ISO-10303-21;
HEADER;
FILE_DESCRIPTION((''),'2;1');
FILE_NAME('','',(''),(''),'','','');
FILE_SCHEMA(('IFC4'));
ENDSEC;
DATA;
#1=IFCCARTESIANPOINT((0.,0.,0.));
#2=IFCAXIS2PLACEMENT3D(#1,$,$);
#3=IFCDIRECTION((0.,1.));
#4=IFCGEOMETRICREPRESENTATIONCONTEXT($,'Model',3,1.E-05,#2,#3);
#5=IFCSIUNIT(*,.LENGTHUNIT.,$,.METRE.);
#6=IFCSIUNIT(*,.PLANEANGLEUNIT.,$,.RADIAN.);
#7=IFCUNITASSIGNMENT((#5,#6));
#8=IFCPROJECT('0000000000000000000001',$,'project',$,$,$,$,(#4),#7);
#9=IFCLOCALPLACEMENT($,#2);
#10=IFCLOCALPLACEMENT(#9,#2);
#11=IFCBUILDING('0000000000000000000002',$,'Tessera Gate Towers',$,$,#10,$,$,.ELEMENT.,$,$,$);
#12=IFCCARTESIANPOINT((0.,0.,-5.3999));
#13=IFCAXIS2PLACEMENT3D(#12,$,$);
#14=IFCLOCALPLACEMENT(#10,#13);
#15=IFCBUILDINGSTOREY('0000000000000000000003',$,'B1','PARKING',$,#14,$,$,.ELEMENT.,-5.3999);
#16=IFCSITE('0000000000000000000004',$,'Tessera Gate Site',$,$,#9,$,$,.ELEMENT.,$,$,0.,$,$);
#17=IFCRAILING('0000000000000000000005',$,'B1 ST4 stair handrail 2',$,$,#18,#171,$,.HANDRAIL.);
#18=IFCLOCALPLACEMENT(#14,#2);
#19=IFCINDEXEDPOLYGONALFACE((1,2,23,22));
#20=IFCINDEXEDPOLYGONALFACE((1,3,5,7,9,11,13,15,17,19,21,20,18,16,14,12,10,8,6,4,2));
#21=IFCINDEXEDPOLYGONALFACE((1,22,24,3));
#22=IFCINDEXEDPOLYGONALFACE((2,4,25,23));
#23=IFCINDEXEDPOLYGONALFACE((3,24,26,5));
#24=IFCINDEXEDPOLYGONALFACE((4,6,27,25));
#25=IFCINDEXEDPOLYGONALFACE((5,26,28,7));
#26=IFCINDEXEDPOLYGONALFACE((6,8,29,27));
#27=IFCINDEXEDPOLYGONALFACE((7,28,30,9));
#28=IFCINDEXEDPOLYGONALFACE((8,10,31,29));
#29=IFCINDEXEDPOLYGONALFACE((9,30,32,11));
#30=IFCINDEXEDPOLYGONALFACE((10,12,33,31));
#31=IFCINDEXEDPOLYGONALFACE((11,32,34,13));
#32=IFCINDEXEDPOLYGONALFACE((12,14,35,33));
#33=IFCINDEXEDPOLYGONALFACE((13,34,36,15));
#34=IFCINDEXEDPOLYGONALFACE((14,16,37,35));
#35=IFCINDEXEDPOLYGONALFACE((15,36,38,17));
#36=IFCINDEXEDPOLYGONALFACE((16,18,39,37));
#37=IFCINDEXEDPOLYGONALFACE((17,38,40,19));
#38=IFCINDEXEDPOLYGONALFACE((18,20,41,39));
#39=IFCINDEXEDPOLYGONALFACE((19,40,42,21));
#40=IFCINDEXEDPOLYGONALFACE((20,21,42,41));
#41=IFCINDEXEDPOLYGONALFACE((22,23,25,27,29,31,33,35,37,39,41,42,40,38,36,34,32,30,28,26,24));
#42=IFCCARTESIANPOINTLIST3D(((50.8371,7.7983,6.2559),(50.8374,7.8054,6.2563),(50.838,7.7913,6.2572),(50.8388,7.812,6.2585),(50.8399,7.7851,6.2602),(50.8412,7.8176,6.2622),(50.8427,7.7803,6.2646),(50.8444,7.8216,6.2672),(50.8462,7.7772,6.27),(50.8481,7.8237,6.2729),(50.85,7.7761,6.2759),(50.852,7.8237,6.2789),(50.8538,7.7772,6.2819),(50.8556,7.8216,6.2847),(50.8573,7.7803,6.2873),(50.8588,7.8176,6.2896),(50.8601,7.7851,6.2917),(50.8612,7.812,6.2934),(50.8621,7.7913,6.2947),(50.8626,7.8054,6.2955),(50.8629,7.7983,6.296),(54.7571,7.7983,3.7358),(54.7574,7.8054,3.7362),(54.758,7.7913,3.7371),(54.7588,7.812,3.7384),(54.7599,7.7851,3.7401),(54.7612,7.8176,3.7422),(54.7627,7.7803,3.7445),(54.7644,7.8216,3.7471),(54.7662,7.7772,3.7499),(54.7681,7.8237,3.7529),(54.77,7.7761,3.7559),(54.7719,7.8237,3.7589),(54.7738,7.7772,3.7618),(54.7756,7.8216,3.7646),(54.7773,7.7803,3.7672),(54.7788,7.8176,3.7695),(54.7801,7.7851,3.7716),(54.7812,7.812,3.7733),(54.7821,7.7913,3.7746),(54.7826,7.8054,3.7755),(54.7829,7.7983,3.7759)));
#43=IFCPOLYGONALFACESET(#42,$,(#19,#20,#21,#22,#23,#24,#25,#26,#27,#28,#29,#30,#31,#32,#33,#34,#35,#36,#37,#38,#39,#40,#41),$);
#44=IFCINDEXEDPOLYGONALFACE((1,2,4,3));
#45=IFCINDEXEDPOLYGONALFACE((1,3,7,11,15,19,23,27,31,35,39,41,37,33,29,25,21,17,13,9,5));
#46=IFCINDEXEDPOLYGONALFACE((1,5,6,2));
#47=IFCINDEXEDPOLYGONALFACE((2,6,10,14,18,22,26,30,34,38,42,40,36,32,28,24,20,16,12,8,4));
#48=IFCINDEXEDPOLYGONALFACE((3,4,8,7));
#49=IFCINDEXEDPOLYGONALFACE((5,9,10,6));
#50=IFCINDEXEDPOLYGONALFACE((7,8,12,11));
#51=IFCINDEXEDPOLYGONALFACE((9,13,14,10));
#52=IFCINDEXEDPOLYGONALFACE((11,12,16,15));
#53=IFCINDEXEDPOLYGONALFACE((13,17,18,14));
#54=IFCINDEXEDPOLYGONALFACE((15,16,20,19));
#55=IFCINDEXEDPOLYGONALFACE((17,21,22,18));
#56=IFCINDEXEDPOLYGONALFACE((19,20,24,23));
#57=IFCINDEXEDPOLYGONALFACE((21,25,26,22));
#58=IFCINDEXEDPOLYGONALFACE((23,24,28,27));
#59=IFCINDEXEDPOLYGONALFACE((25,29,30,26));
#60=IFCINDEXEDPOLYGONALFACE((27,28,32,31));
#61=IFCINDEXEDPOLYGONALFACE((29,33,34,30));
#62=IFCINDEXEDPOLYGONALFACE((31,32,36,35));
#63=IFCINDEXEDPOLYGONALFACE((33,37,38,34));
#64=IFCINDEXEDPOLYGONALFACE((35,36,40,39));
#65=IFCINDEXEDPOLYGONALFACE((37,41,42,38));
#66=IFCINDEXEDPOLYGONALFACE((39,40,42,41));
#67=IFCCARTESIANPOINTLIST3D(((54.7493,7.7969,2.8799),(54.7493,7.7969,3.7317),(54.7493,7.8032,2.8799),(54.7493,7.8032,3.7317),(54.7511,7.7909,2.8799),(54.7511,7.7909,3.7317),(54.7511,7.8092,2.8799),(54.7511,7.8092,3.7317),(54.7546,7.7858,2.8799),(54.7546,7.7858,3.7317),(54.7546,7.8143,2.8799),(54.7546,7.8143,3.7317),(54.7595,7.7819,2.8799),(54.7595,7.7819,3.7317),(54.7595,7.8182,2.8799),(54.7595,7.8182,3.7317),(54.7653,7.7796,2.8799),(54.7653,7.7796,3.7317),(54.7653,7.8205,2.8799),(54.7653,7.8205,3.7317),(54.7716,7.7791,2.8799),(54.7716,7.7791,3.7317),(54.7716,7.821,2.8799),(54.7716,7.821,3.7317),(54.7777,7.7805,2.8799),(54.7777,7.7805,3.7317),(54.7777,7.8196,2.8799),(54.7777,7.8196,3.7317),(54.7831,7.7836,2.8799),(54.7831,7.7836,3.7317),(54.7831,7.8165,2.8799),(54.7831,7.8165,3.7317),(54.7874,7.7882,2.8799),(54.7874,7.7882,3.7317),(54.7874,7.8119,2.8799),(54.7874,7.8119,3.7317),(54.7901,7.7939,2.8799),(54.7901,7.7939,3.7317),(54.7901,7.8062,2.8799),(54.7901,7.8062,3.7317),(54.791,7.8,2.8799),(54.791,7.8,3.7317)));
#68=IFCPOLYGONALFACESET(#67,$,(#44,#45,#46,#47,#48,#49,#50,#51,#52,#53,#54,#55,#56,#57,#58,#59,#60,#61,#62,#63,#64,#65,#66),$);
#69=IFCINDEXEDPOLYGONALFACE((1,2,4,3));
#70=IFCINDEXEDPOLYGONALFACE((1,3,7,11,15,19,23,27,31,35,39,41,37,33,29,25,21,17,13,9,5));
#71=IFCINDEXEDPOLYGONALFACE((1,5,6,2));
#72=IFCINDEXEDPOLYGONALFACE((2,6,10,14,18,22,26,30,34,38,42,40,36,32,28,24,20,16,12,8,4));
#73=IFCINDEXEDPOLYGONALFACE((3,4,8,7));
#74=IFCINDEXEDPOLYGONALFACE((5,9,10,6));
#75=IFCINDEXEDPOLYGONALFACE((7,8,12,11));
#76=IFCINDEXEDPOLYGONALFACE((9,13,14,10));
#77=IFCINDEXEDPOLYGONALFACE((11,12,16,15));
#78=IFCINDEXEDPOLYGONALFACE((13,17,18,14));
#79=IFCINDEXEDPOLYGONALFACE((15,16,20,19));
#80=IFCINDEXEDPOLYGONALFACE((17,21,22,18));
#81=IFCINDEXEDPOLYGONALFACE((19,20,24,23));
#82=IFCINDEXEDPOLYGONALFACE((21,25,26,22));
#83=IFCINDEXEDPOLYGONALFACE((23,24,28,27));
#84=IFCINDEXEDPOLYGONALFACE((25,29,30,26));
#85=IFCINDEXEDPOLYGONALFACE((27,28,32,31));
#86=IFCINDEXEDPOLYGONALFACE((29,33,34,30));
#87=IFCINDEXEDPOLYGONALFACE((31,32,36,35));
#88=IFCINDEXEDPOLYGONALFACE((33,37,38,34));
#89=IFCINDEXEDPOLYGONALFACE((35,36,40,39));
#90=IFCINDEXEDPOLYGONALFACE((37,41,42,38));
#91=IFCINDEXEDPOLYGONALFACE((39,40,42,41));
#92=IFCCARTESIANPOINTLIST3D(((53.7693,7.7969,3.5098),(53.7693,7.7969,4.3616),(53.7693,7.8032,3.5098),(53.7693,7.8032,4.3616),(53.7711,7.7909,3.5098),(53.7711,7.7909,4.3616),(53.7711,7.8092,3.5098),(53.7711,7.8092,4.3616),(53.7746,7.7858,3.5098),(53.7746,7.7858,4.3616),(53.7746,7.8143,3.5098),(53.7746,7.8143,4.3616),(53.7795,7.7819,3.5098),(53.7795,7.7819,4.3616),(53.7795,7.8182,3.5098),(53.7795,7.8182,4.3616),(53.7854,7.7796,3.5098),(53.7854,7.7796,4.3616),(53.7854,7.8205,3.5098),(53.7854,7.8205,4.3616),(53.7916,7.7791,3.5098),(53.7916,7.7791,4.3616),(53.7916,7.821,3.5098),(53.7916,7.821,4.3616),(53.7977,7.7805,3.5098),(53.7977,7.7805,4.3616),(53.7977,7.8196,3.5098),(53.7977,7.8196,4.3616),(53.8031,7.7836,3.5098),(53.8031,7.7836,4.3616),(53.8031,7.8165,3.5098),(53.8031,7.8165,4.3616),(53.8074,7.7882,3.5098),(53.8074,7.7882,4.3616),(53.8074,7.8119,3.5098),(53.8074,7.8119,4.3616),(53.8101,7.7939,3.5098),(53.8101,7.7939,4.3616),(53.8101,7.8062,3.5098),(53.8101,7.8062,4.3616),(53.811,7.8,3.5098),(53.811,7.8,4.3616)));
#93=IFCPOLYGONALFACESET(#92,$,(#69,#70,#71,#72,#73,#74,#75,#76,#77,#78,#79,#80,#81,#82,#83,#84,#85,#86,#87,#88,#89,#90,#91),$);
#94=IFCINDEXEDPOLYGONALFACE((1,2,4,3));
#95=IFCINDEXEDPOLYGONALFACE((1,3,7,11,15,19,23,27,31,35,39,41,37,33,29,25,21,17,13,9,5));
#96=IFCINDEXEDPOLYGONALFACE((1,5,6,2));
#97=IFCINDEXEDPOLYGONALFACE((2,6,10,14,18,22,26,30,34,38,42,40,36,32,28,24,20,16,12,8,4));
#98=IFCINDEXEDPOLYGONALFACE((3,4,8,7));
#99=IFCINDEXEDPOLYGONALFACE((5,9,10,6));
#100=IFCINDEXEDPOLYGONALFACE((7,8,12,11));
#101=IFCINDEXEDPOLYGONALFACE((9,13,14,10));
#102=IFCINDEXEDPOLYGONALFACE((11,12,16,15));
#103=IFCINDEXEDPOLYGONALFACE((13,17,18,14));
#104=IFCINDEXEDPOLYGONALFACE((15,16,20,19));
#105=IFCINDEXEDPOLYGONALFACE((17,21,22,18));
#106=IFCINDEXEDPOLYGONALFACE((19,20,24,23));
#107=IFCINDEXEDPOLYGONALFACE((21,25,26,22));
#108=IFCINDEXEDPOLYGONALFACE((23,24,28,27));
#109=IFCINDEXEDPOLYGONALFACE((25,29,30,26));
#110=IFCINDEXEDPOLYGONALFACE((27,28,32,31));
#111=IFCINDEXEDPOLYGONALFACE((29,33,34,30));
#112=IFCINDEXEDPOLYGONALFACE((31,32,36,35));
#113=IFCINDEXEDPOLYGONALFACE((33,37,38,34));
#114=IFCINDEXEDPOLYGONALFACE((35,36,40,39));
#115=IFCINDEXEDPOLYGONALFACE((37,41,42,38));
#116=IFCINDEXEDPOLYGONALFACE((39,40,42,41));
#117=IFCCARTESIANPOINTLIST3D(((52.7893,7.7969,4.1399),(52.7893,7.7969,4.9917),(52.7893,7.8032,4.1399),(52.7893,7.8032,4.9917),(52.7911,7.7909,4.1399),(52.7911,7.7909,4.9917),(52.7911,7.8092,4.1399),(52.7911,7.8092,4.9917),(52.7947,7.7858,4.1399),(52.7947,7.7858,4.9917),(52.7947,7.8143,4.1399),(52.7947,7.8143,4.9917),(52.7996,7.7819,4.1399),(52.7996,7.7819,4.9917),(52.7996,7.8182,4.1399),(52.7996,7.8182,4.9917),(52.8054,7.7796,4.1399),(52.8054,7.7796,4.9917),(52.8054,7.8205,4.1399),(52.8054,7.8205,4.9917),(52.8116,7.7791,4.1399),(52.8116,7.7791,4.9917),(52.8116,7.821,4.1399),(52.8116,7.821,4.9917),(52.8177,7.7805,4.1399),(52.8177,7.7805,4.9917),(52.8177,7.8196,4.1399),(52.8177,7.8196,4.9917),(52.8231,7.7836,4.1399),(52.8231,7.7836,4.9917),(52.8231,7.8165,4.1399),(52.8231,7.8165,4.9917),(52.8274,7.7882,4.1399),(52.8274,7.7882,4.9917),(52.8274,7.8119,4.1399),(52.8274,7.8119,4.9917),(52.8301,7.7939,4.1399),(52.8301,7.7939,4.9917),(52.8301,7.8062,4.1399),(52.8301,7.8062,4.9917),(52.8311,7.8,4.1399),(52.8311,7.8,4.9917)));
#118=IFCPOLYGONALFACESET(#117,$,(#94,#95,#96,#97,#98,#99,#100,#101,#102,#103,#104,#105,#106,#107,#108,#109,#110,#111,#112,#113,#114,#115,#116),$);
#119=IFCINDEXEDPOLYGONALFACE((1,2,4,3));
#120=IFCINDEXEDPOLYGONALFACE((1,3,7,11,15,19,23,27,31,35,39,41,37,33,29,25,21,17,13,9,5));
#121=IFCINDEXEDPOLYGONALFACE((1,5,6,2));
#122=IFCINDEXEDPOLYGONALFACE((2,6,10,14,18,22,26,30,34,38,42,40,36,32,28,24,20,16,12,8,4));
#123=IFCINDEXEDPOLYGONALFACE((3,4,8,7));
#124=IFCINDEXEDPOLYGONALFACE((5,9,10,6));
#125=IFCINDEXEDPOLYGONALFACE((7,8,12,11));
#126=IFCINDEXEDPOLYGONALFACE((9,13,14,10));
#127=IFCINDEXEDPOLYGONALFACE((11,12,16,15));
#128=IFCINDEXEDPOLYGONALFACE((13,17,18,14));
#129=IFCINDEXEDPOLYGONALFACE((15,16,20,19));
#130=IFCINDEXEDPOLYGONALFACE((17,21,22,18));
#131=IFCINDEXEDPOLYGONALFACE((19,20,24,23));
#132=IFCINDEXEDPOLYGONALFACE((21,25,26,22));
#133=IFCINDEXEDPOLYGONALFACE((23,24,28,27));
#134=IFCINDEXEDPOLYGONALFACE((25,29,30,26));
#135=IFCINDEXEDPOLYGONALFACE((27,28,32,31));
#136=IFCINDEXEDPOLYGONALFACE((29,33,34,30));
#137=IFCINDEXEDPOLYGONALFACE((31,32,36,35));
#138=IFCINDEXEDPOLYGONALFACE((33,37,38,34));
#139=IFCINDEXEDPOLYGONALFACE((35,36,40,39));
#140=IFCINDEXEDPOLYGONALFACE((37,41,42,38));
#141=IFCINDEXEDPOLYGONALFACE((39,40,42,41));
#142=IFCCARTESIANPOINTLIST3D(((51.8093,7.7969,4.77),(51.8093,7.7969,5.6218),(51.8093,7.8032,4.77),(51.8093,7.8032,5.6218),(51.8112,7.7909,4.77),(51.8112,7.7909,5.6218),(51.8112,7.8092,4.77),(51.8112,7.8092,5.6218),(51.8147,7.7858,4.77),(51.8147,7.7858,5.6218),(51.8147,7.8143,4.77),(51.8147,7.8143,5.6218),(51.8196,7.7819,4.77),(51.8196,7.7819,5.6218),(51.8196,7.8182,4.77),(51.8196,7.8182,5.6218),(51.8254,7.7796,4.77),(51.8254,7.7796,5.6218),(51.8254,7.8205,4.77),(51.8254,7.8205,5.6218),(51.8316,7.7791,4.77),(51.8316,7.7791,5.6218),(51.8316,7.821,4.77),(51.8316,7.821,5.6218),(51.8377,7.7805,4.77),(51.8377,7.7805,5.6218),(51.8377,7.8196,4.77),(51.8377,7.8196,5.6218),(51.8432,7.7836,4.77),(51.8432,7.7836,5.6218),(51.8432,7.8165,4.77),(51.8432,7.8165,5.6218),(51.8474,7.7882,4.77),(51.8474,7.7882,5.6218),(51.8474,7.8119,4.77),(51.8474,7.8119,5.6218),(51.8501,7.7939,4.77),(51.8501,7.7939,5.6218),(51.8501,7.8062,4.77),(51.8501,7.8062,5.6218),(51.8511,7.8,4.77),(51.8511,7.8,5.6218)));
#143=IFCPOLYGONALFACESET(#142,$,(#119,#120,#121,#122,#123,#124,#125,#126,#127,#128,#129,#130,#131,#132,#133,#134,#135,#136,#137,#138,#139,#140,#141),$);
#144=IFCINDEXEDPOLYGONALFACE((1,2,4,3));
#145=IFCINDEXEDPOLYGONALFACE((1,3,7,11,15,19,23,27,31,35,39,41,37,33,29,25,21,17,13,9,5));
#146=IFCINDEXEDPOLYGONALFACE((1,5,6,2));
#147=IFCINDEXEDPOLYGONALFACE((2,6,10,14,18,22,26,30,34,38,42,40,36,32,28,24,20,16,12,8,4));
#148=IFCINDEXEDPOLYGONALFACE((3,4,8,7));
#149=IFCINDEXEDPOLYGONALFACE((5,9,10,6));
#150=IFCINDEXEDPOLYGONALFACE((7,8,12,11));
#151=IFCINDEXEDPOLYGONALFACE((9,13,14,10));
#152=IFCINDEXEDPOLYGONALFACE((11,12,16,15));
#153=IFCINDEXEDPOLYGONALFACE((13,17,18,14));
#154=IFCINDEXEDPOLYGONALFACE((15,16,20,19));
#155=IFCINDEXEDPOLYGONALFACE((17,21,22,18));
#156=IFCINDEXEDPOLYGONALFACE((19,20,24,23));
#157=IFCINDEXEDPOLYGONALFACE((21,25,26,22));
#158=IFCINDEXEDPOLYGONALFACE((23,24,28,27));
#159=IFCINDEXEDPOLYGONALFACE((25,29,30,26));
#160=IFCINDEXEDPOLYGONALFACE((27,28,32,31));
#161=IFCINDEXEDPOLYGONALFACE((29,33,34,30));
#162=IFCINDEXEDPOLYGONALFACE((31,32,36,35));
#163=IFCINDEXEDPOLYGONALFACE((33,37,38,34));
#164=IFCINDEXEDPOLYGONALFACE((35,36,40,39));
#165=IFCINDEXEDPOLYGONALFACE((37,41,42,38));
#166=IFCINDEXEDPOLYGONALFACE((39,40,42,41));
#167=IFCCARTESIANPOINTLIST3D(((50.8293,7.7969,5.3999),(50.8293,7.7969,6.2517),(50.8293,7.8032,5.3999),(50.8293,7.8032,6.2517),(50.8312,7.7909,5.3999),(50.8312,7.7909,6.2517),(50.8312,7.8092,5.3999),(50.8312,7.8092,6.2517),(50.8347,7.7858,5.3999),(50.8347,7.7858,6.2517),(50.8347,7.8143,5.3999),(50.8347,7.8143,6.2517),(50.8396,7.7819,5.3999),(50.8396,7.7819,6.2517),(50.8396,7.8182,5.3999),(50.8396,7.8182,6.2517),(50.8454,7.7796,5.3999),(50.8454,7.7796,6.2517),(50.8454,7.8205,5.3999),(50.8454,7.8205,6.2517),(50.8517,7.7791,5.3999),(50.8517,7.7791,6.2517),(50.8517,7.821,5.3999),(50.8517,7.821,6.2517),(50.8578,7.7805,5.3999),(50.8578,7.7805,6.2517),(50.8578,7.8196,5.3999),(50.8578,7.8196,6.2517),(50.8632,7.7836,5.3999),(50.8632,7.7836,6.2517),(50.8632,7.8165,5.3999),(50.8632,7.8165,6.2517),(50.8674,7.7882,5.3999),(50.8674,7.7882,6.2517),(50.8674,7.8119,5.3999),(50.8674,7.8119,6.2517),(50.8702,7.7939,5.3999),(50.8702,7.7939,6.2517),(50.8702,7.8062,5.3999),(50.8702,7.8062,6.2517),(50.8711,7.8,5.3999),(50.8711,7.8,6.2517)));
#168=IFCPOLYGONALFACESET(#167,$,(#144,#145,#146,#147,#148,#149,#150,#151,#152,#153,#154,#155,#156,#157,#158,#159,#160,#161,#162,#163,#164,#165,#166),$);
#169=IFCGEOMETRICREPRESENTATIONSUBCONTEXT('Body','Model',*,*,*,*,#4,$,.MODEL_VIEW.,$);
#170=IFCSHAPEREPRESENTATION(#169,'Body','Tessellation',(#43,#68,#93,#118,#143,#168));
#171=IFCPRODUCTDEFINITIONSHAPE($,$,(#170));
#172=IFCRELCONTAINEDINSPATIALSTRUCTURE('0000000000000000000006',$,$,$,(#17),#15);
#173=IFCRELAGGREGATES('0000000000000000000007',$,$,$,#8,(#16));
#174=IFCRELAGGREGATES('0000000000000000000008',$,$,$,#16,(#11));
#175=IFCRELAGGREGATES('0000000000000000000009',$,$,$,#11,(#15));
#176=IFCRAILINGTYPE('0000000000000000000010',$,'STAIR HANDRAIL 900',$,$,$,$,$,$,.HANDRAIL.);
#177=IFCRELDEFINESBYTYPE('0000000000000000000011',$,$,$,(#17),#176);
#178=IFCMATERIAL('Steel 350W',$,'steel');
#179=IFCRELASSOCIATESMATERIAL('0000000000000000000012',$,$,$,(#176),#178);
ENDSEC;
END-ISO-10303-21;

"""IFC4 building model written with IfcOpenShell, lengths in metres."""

from ifc_helpers import new_model, si_unit, direction, frame, origin, origin_2d, place, context, subcontext, project, spatial, circle, extrude, material, type_object, element, save


model = new_model("IFC4")

# Units and contexts
model_context = context("Model", 3, precision=1e-05, world=origin(), true_north=direction((0.0, 1.0)))
body_context = subcontext(model_context, "Body", "Model", "MODEL_VIEW")
ifc_project = project(units=[si_unit("LENGTHUNIT", "METRE"), si_unit("PLANEANGLEUNIT", "RADIAN")], contexts=[model_context])

# Site, building, storey
site_placement = place(None, origin())
site = spatial("IfcSite", under=ifc_project, at=site_placement, Name="Tessera Gate Site", CompositionType="ELEMENT", RefElevation=0.0)
building_placement = place(site_placement, origin())
building = spatial("IfcBuilding", under=site, at=building_placement, Name="Tessera Gate Towers", CompositionType="ELEMENT")
storey_placement = place(building_placement, frame((0.0, 0.0, -5.3999)))
storey = spatial("IfcBuildingStorey", under=building, at=storey_placement, Name="B1", Description="PARKING", CompositionType="ELEMENT", Elevation=-5.3999)

# Railing
ifc_material_1 = material(Name="Steel 350W", Category="steel")
railing_type = type_object("IfcRailingType", Name="STAIR HANDRAIL 900", PredefinedType="HANDRAIL", material=ifc_material_1)
railing_placement = place(storey_placement, frame((54.77, 7.8, 2.8799)))
element("IfcRailing", 1, at=railing_placement, inside=storey, type_object=railing_type, Name="B1 ST4 stair handrail 2", PredefinedType="HANDRAIL", context=body_context, shape_type="SweptSolid", body=[
    extrude(circle(Radius=0.0239, at=origin_2d()), frame((0.0, 0.0, 0.876), z_axis=(-0.841172, 0.0, 0.540768), x_axis=(0.0, -1.0, 0.0)), (0.0, 0.0, 1.0), 4.6602),
    extrude(circle(Radius=0.021, at=origin_2d()), origin(), (0.0, 0.0, 1.0), 0.8518),
    extrude(circle(Radius=0.021, at=origin_2d()), frame((-0.98, 0.0, 0.6299)), (0.0, 0.0, 1.0), 0.8518),
    extrude(circle(Radius=0.021, at=origin_2d()), frame((-1.96, 0.0, 1.26)), (0.0, 0.0, 1.0), 0.8518),
    extrude(circle(Radius=0.021, at=origin_2d()), frame((-2.9399, 0.0, 1.8901)), (0.0, 0.0, 1.0), 0.8518),
    extrude(circle(Radius=0.021, at=origin_2d()), frame((-3.9199, 0.0, 2.52)), (0.0, 0.0, 1.0), 0.8518),
])

save(model, "model.ifc")
